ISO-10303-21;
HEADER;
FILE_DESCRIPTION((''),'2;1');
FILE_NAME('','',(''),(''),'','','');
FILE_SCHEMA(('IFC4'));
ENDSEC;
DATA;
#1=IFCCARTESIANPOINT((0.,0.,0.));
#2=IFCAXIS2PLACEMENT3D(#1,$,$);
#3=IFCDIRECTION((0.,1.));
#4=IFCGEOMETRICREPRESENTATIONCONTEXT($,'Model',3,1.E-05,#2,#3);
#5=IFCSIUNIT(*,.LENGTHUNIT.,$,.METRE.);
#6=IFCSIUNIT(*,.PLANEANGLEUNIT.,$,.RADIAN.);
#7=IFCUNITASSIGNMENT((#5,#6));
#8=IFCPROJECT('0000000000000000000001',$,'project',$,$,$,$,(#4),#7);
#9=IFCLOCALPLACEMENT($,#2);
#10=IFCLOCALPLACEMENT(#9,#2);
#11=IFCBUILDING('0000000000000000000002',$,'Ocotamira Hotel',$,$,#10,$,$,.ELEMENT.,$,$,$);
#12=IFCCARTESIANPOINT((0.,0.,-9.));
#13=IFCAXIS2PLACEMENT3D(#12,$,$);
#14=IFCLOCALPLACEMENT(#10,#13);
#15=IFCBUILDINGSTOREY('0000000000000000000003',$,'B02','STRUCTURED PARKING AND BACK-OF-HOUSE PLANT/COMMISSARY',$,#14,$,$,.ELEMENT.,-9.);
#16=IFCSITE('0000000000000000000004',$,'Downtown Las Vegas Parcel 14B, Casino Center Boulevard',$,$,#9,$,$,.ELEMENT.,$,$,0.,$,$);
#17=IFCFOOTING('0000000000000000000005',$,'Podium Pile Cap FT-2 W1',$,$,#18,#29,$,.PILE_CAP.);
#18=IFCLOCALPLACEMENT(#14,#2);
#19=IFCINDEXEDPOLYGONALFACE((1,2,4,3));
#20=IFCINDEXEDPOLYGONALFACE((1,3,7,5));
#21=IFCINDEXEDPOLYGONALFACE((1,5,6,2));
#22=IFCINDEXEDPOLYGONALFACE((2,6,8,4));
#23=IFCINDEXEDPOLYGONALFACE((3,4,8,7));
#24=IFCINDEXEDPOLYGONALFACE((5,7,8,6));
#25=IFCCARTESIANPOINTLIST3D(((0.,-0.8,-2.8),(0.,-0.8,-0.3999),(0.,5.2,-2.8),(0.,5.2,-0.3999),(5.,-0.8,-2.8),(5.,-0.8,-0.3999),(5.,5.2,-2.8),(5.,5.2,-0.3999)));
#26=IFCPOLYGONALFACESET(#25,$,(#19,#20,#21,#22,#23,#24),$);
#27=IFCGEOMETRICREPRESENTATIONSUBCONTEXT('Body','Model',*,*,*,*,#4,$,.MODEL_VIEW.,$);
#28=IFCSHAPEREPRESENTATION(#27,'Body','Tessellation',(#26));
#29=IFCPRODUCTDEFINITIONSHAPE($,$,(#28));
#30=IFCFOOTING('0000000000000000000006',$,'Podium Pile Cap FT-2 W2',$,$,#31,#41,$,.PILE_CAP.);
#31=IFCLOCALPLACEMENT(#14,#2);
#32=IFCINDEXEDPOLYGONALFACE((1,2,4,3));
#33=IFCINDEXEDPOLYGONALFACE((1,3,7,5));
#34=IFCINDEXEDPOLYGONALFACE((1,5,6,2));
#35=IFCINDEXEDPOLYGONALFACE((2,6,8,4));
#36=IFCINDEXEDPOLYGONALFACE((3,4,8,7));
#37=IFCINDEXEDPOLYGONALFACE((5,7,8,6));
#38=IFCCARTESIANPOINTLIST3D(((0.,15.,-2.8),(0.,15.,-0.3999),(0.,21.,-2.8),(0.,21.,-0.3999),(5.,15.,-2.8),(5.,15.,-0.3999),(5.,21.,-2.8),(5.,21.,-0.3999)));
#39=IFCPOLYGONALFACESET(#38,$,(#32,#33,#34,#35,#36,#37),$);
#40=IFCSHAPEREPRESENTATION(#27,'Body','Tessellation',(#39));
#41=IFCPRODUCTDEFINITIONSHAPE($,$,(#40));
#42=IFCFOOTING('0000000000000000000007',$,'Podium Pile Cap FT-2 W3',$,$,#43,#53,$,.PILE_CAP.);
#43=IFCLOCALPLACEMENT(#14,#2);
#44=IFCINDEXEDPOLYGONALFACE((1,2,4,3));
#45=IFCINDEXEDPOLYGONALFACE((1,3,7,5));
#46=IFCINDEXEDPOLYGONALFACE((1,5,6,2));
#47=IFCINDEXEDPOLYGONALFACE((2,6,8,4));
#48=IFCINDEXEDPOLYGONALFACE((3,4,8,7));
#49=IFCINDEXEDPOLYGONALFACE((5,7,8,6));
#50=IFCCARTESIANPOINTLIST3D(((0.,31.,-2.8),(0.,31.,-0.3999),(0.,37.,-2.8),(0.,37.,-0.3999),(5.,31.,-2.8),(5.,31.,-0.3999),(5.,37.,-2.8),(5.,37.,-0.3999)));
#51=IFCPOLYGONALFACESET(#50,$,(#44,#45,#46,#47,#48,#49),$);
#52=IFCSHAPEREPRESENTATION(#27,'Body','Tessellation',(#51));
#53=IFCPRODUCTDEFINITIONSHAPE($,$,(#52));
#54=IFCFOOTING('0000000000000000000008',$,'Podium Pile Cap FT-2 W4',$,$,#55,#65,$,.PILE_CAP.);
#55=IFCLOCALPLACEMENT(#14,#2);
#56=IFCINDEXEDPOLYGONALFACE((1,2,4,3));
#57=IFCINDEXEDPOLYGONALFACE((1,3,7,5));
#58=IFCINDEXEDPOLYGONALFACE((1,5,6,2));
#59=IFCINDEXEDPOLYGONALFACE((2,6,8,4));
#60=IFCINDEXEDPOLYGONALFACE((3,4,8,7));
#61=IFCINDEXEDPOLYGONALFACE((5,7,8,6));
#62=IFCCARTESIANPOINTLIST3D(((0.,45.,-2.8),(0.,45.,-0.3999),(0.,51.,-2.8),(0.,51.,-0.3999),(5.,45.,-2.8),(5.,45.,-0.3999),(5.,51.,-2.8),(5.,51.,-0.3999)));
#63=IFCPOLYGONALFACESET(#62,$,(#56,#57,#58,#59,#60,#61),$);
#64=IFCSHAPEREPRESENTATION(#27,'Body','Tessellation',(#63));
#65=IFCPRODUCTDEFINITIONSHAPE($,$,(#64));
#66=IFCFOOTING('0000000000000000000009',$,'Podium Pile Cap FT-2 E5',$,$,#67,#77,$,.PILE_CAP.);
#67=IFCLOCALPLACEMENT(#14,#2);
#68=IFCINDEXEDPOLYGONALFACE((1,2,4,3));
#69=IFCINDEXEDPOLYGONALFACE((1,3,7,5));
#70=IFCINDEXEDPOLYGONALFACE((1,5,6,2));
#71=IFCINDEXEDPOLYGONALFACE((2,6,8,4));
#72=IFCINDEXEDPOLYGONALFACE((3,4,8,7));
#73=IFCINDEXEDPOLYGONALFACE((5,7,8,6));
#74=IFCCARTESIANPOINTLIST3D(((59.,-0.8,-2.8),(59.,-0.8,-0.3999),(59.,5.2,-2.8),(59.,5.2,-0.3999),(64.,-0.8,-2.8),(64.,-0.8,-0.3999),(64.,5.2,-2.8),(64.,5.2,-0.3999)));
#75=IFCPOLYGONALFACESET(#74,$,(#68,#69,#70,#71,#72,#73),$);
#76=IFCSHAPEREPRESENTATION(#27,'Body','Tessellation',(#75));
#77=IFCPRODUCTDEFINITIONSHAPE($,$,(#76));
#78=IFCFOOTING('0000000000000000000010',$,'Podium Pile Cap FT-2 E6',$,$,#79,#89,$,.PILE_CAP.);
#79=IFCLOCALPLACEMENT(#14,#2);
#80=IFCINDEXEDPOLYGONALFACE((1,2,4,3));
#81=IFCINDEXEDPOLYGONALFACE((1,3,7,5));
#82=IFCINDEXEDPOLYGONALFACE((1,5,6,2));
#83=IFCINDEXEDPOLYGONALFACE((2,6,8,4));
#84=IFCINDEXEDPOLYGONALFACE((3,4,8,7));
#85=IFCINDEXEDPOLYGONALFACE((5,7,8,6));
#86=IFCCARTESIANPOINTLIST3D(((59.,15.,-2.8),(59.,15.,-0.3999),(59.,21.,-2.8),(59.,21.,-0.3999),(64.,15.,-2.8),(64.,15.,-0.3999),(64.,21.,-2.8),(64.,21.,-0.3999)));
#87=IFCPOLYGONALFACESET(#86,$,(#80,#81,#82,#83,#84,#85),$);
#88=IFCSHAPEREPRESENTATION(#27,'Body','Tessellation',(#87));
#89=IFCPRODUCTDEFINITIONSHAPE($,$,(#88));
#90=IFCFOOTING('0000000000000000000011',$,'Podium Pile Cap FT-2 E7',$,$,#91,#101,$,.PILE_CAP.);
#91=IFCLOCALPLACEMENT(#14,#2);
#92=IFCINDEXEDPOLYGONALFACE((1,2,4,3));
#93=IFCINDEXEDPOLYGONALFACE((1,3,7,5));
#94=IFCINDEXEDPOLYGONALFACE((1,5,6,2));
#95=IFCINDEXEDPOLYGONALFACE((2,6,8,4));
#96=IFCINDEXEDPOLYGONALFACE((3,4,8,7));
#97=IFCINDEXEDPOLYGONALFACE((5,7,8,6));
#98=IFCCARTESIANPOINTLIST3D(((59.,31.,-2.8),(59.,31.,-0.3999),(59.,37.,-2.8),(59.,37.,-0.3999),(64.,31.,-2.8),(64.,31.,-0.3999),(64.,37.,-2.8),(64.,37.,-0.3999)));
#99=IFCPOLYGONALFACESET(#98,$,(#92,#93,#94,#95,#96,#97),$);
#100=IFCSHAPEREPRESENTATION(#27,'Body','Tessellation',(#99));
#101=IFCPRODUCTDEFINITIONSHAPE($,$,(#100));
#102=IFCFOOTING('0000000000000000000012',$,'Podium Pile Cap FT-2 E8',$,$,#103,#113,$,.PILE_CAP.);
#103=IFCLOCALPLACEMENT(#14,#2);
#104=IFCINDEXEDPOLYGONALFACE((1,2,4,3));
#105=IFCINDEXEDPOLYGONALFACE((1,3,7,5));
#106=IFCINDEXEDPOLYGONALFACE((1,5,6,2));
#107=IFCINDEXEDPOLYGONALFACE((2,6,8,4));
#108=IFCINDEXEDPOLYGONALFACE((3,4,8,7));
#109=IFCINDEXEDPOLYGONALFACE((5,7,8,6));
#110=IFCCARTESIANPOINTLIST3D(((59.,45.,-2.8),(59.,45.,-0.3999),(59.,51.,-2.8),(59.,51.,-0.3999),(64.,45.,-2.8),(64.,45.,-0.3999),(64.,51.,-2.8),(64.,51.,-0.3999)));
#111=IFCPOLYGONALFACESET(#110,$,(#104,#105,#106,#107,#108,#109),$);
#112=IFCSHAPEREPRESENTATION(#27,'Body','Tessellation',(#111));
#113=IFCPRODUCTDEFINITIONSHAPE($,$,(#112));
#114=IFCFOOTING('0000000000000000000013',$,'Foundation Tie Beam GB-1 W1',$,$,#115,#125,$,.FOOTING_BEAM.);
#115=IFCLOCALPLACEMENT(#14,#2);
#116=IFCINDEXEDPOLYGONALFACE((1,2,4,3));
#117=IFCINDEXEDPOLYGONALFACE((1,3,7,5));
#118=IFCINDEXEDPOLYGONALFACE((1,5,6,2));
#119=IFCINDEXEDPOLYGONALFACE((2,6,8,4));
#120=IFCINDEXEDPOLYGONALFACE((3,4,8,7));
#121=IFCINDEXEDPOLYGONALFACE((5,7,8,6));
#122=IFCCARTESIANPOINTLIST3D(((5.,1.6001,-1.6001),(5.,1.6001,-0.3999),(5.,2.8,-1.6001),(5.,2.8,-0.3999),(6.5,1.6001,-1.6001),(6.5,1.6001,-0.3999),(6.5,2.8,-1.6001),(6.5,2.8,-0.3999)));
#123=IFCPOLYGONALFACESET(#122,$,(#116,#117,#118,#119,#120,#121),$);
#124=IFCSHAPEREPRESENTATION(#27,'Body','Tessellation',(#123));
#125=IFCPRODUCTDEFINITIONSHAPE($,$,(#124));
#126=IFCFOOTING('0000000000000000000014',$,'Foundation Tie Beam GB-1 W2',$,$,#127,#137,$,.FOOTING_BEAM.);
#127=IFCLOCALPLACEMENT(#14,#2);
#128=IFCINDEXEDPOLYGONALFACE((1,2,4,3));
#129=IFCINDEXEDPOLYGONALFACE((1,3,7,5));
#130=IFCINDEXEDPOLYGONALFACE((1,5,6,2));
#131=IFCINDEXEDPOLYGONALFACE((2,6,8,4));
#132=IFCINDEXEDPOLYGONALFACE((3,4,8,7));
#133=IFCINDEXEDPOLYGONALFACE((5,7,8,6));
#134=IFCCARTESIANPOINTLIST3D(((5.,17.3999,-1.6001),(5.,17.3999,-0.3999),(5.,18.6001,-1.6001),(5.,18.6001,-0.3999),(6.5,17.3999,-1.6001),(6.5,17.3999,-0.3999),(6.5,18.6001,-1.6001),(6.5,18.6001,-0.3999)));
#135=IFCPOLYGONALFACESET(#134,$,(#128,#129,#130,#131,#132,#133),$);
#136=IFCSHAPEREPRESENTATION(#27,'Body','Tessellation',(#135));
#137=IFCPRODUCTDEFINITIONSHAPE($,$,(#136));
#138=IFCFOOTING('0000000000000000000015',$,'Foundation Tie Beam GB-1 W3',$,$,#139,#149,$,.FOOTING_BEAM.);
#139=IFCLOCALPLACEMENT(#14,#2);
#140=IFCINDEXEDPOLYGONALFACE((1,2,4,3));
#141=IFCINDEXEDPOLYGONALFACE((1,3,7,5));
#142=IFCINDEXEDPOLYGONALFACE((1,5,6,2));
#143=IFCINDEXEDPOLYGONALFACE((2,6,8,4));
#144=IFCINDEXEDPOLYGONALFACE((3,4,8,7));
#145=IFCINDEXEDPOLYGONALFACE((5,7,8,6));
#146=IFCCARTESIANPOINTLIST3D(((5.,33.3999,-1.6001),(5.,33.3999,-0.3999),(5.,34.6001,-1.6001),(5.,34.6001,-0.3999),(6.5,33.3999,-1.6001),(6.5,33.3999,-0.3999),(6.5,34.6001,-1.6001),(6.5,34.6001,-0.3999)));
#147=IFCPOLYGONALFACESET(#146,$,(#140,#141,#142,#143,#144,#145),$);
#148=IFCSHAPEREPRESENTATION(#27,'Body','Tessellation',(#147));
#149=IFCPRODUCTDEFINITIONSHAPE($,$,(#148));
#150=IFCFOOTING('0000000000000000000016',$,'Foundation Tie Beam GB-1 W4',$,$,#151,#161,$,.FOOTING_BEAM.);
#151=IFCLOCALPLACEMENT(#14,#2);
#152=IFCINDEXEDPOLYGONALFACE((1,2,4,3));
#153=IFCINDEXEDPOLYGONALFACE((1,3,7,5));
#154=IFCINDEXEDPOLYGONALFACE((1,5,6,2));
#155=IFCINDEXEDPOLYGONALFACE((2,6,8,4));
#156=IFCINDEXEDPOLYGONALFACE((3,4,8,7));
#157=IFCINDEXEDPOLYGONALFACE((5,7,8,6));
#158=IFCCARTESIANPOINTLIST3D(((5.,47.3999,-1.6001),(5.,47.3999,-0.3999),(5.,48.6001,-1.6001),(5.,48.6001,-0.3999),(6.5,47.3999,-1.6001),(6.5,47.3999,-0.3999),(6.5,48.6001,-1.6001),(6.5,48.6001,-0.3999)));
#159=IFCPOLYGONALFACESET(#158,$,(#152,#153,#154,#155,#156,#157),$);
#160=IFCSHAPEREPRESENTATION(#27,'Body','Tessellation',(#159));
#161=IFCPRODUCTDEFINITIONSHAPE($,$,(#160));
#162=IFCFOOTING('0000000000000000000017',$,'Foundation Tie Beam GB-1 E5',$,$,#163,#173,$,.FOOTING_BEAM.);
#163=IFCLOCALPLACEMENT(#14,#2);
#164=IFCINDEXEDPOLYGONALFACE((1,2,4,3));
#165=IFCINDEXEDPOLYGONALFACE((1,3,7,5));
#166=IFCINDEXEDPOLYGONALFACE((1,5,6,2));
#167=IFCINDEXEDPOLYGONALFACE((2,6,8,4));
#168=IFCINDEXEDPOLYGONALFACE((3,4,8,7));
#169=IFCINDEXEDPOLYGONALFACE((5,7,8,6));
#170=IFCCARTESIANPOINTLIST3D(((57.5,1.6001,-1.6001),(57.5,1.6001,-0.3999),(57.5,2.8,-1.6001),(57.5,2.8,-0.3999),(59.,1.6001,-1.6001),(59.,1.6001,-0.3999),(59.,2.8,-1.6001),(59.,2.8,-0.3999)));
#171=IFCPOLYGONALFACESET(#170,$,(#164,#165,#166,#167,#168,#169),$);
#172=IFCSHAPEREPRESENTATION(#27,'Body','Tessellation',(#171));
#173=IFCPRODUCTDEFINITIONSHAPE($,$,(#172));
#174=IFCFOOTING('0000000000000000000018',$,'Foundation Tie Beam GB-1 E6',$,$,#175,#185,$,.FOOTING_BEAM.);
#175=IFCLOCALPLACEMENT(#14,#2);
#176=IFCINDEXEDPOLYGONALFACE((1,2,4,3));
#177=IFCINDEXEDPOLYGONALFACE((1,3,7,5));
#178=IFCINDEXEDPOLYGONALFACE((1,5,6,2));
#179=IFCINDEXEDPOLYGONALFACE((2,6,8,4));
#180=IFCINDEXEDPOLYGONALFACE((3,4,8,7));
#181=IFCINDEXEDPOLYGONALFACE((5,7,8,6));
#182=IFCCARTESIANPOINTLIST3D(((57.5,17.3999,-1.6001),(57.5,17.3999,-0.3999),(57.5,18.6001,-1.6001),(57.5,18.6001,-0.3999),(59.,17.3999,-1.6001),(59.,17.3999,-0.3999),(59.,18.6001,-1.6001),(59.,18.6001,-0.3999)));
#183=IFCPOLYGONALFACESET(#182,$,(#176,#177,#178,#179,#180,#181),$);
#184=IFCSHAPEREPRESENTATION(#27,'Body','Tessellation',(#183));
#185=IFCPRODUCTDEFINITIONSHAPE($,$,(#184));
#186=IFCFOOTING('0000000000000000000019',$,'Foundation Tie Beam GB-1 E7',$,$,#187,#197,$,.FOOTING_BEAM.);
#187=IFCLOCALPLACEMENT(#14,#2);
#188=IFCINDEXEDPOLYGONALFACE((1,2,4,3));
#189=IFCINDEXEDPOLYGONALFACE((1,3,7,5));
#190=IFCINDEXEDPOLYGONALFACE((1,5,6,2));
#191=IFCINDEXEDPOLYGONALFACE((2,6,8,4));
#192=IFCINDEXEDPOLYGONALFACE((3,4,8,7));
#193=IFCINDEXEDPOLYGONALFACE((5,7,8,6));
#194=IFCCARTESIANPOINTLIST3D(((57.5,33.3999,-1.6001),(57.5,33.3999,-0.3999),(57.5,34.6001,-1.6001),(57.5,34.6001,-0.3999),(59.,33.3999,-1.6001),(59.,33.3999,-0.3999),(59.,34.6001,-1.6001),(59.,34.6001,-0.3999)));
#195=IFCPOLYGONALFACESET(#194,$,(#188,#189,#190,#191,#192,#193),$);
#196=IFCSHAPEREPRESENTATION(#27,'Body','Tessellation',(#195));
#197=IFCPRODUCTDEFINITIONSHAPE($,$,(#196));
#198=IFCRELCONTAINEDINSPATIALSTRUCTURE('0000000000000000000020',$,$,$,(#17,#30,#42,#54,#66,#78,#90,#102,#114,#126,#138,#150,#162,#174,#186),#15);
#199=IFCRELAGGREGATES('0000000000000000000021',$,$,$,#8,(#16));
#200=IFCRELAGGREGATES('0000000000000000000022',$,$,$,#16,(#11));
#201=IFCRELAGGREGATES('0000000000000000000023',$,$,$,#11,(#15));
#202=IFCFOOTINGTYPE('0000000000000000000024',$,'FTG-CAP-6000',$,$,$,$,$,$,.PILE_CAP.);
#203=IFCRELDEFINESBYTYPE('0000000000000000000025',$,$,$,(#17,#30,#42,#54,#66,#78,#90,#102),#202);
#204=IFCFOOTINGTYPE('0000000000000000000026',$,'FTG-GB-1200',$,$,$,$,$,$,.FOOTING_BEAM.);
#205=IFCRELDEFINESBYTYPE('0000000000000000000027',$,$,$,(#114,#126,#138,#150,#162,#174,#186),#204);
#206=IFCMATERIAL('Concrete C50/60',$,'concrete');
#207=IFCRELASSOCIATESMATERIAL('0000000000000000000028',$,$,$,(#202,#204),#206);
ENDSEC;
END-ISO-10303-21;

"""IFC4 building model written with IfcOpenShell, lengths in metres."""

from ifc_helpers import new_model, si_unit, direction, frame, origin, place, context, subcontext, project, spatial, polyline, outline, extrude, material, type_object, element, save


model = new_model("IFC4")

# Units and contexts
model_context = context("Model", 3, precision=1e-05, world=origin(), true_north=direction((0.0, 1.0)))
body_context = subcontext(model_context, "Body", "Model", "MODEL_VIEW")
ifc_project = project(units=[si_unit("LENGTHUNIT", "METRE"), si_unit("PLANEANGLEUNIT", "RADIAN")], contexts=[model_context])

# Site, building, storey
site_placement = place(None, origin())
site = spatial("IfcSite", under=ifc_project, at=site_placement, Name="Downtown Las Vegas Parcel 14B, Casino Center Boulevard", CompositionType="ELEMENT", RefElevation=0.0)
building_placement = place(site_placement, origin())
building = spatial("IfcBuilding", under=site, at=building_placement, Name="Ocotamira Hotel", CompositionType="ELEMENT")
storey_placement = place(building_placement, frame((0.0, 0.0, -9.0)))
storey = spatial("IfcBuildingStorey", under=building, at=storey_placement, Name="B02", Description="STRUCTURED PARKING AND BACK-OF-HOUSE PLANT/COMMISSARY", CompositionType="ELEMENT", Elevation=-9.0)

# Footings
ifc_material = material(Name="Concrete C50/60", Category="concrete")
footing_type_1 = type_object("IfcFootingType", Name="FTG-CAP-6000", PredefinedType="PILE_CAP", material=ifc_material)
footing_1_placement = place(storey_placement, frame((0.0, 0.0, -2.8)))
element("IfcFooting", 1, at=footing_1_placement, inside=storey, type_object=footing_type_1, Name="Podium Pile Cap FT-2 W1", PredefinedType="PILE_CAP", context=body_context, shape_type="SweptSolid", body=[
    extrude(outline(polyline([(0.0, -0.8), (5.0, -0.8), (5.0, 5.2), (0.0, 5.2), (0.0, -0.8)])), origin(), (0.0, 0.0, 1.0), 2.4001),
])
footing_2_placement = place(storey_placement, frame((0.0, 0.0, -2.8)))
element("IfcFooting", 2, at=footing_2_placement, inside=storey, type_object=footing_type_1, Name="Podium Pile Cap FT-2 W2", PredefinedType="PILE_CAP", context=body_context, shape_type="SweptSolid", body=[
    extrude(outline(polyline([(0.0, 15.0), (5.0, 15.0), (5.0, 21.0), (0.0, 21.0), (0.0, 15.0)])), origin(), (0.0, 0.0, 1.0), 2.4001),
])
footing_3_placement = place(storey_placement, frame((0.0, 0.0, -2.8)))
element("IfcFooting", 3, at=footing_3_placement, inside=storey, type_object=footing_type_1, Name="Podium Pile Cap FT-2 W3", PredefinedType="PILE_CAP", context=body_context, shape_type="SweptSolid", body=[
    extrude(outline(polyline([(0.0, 31.0), (5.0, 31.0), (5.0, 37.0), (0.0, 37.0), (0.0, 31.0)])), origin(), (0.0, 0.0, 1.0), 2.4001),
])
footing_4_placement = place(storey_placement, frame((0.0, 0.0, -2.8)))
element("IfcFooting", 4, at=footing_4_placement, inside=storey, type_object=footing_type_1, Name="Podium Pile Cap FT-2 W4", PredefinedType="PILE_CAP", context=body_context, shape_type="SweptSolid", body=[
    extrude(outline(polyline([(0.0, 45.0), (5.0, 45.0), (5.0, 51.0), (0.0, 51.0), (0.0, 45.0)])), origin(), (0.0, 0.0, 1.0), 2.4001),
])
footing_5_placement = place(storey_placement, frame((0.0, 0.0, -2.8)))
element("IfcFooting", 5, at=footing_5_placement, inside=storey, type_object=footing_type_1, Name="Podium Pile Cap FT-2 E5", PredefinedType="PILE_CAP", context=body_context, shape_type="SweptSolid", body=[
    extrude(outline(polyline([(59.0, -0.8), (64.0, -0.8), (64.0, 5.2), (59.0, 5.2), (59.0, -0.8)])), origin(), (0.0, 0.0, 1.0), 2.4001),
])
footing_6_placement = place(storey_placement, frame((0.0, 0.0, -2.8)))
element("IfcFooting", 6, at=footing_6_placement, inside=storey, type_object=footing_type_1, Name="Podium Pile Cap FT-2 E6", PredefinedType="PILE_CAP", context=body_context, shape_type="SweptSolid", body=[
    extrude(outline(polyline([(59.0, 15.0), (64.0, 15.0), (64.0, 21.0), (59.0, 21.0), (59.0, 15.0)])), origin(), (0.0, 0.0, 1.0), 2.4001),
])
footing_7_placement = place(storey_placement, frame((0.0, 0.0, -2.8)))
element("IfcFooting", 7, at=footing_7_placement, inside=storey, type_object=footing_type_1, Name="Podium Pile Cap FT-2 E7", PredefinedType="PILE_CAP", context=body_context, shape_type="SweptSolid", body=[
    extrude(outline(polyline([(59.0, 31.0), (64.0, 31.0), (64.0, 37.0), (59.0, 37.0), (59.0, 31.0)])), origin(), (0.0, 0.0, 1.0), 2.4001),
])
footing_8_placement = place(storey_placement, frame((0.0, 0.0, -2.8)))
element("IfcFooting", 8, at=footing_8_placement, inside=storey, type_object=footing_type_1, Name="Podium Pile Cap FT-2 E8", PredefinedType="PILE_CAP", context=body_context, shape_type="SweptSolid", body=[
    extrude(outline(polyline([(59.0, 45.0), (64.0, 45.0), (64.0, 51.0), (59.0, 51.0), (59.0, 45.0)])), origin(), (0.0, 0.0, 1.0), 2.4001),
])
footing_type_2 = type_object("IfcFootingType", Name="FTG-GB-1200", PredefinedType="FOOTING_BEAM", material=ifc_material)
footing_9_placement = place(storey_placement, frame((0.0, 0.0, -1.6001)))
element("IfcFooting", 9, at=footing_9_placement, inside=storey, type_object=footing_type_2, Name="Foundation Tie Beam GB-1 W1", PredefinedType="FOOTING_BEAM", context=body_context, shape_type="SweptSolid", body=[
    extrude(outline(polyline([(5.0, 1.6001), (6.5, 1.6001), (6.5, 2.8), (5.0, 2.8), (5.0, 1.6001)])), origin(), (0.0, 0.0, 1.0), 1.2002),
])
footing_10_placement = place(storey_placement, frame((0.0, 0.0, -1.6001)))
element("IfcFooting", 10, at=footing_10_placement, inside=storey, type_object=footing_type_2, Name="Foundation Tie Beam GB-1 W2", PredefinedType="FOOTING_BEAM", context=body_context, shape_type="SweptSolid", body=[
    extrude(outline(polyline([(5.0, 17.3999), (6.5, 17.3999), (6.5, 18.6001), (5.0, 18.6001), (5.0, 17.3999)])), origin(), (0.0, 0.0, 1.0), 1.2002),
])
footing_11_placement = place(storey_placement, frame((0.0, 0.0, -1.6001)))
element("IfcFooting", 11, at=footing_11_placement, inside=storey, type_object=footing_type_2, Name="Foundation Tie Beam GB-1 W3", PredefinedType="FOOTING_BEAM", context=body_context, shape_type="SweptSolid", body=[
    extrude(outline(polyline([(5.0, 33.3999), (6.5, 33.3999), (6.5, 34.6001), (5.0, 34.6001), (5.0, 33.3999)])), origin(), (0.0, 0.0, 1.0), 1.2002),
])
footing_12_placement = place(storey_placement, frame((0.0, 0.0, -1.6001)))
element("IfcFooting", 12, at=footing_12_placement, inside=storey, type_object=footing_type_2, Name="Foundation Tie Beam GB-1 W4", PredefinedType="FOOTING_BEAM", context=body_context, shape_type="SweptSolid", body=[
    extrude(outline(polyline([(5.0, 47.3999), (6.5, 47.3999), (6.5, 48.6001), (5.0, 48.6001), (5.0, 47.3999)])), origin(), (0.0, 0.0, 1.0), 1.2002),
])
footing_13_placement = place(storey_placement, frame((0.0, 0.0, -1.6001)))
element("IfcFooting", 13, at=footing_13_placement, inside=storey, type_object=footing_type_2, Name="Foundation Tie Beam GB-1 E5", PredefinedType="FOOTING_BEAM", context=body_context, shape_type="SweptSolid", body=[
    extrude(outline(polyline([(57.5, 1.6001), (59.0, 1.6001), (59.0, 2.8), (57.5, 2.8), (57.5, 1.6001)])), origin(), (0.0, 0.0, 1.0), 1.2002),
])
footing_14_placement = place(storey_placement, frame((0.0, 0.0, -1.6001)))
element("IfcFooting", 14, at=footing_14_placement, inside=storey, type_object=footing_type_2, Name="Foundation Tie Beam GB-1 E6", PredefinedType="FOOTING_BEAM", context=body_context, shape_type="SweptSolid", body=[
    extrude(outline(polyline([(57.5, 17.3999), (59.0, 17.3999), (59.0, 18.6001), (57.5, 18.6001), (57.5, 17.3999)])), origin(), (0.0, 0.0, 1.0), 1.2002),
])
footing_15_placement = place(storey_placement, frame((0.0, 0.0, -1.6001)))
element("IfcFooting", 15, at=footing_15_placement, inside=storey, type_object=footing_type_2, Name="Foundation Tie Beam GB-1 E7", PredefinedType="FOOTING_BEAM", context=body_context, shape_type="SweptSolid", body=[
    extrude(outline(polyline([(57.5, 33.3999), (59.0, 33.3999), (59.0, 34.6001), (57.5, 34.6001), (57.5, 33.3999)])), origin(), (0.0, 0.0, 1.0), 1.2002),
])

save(model, "model.ifc")
